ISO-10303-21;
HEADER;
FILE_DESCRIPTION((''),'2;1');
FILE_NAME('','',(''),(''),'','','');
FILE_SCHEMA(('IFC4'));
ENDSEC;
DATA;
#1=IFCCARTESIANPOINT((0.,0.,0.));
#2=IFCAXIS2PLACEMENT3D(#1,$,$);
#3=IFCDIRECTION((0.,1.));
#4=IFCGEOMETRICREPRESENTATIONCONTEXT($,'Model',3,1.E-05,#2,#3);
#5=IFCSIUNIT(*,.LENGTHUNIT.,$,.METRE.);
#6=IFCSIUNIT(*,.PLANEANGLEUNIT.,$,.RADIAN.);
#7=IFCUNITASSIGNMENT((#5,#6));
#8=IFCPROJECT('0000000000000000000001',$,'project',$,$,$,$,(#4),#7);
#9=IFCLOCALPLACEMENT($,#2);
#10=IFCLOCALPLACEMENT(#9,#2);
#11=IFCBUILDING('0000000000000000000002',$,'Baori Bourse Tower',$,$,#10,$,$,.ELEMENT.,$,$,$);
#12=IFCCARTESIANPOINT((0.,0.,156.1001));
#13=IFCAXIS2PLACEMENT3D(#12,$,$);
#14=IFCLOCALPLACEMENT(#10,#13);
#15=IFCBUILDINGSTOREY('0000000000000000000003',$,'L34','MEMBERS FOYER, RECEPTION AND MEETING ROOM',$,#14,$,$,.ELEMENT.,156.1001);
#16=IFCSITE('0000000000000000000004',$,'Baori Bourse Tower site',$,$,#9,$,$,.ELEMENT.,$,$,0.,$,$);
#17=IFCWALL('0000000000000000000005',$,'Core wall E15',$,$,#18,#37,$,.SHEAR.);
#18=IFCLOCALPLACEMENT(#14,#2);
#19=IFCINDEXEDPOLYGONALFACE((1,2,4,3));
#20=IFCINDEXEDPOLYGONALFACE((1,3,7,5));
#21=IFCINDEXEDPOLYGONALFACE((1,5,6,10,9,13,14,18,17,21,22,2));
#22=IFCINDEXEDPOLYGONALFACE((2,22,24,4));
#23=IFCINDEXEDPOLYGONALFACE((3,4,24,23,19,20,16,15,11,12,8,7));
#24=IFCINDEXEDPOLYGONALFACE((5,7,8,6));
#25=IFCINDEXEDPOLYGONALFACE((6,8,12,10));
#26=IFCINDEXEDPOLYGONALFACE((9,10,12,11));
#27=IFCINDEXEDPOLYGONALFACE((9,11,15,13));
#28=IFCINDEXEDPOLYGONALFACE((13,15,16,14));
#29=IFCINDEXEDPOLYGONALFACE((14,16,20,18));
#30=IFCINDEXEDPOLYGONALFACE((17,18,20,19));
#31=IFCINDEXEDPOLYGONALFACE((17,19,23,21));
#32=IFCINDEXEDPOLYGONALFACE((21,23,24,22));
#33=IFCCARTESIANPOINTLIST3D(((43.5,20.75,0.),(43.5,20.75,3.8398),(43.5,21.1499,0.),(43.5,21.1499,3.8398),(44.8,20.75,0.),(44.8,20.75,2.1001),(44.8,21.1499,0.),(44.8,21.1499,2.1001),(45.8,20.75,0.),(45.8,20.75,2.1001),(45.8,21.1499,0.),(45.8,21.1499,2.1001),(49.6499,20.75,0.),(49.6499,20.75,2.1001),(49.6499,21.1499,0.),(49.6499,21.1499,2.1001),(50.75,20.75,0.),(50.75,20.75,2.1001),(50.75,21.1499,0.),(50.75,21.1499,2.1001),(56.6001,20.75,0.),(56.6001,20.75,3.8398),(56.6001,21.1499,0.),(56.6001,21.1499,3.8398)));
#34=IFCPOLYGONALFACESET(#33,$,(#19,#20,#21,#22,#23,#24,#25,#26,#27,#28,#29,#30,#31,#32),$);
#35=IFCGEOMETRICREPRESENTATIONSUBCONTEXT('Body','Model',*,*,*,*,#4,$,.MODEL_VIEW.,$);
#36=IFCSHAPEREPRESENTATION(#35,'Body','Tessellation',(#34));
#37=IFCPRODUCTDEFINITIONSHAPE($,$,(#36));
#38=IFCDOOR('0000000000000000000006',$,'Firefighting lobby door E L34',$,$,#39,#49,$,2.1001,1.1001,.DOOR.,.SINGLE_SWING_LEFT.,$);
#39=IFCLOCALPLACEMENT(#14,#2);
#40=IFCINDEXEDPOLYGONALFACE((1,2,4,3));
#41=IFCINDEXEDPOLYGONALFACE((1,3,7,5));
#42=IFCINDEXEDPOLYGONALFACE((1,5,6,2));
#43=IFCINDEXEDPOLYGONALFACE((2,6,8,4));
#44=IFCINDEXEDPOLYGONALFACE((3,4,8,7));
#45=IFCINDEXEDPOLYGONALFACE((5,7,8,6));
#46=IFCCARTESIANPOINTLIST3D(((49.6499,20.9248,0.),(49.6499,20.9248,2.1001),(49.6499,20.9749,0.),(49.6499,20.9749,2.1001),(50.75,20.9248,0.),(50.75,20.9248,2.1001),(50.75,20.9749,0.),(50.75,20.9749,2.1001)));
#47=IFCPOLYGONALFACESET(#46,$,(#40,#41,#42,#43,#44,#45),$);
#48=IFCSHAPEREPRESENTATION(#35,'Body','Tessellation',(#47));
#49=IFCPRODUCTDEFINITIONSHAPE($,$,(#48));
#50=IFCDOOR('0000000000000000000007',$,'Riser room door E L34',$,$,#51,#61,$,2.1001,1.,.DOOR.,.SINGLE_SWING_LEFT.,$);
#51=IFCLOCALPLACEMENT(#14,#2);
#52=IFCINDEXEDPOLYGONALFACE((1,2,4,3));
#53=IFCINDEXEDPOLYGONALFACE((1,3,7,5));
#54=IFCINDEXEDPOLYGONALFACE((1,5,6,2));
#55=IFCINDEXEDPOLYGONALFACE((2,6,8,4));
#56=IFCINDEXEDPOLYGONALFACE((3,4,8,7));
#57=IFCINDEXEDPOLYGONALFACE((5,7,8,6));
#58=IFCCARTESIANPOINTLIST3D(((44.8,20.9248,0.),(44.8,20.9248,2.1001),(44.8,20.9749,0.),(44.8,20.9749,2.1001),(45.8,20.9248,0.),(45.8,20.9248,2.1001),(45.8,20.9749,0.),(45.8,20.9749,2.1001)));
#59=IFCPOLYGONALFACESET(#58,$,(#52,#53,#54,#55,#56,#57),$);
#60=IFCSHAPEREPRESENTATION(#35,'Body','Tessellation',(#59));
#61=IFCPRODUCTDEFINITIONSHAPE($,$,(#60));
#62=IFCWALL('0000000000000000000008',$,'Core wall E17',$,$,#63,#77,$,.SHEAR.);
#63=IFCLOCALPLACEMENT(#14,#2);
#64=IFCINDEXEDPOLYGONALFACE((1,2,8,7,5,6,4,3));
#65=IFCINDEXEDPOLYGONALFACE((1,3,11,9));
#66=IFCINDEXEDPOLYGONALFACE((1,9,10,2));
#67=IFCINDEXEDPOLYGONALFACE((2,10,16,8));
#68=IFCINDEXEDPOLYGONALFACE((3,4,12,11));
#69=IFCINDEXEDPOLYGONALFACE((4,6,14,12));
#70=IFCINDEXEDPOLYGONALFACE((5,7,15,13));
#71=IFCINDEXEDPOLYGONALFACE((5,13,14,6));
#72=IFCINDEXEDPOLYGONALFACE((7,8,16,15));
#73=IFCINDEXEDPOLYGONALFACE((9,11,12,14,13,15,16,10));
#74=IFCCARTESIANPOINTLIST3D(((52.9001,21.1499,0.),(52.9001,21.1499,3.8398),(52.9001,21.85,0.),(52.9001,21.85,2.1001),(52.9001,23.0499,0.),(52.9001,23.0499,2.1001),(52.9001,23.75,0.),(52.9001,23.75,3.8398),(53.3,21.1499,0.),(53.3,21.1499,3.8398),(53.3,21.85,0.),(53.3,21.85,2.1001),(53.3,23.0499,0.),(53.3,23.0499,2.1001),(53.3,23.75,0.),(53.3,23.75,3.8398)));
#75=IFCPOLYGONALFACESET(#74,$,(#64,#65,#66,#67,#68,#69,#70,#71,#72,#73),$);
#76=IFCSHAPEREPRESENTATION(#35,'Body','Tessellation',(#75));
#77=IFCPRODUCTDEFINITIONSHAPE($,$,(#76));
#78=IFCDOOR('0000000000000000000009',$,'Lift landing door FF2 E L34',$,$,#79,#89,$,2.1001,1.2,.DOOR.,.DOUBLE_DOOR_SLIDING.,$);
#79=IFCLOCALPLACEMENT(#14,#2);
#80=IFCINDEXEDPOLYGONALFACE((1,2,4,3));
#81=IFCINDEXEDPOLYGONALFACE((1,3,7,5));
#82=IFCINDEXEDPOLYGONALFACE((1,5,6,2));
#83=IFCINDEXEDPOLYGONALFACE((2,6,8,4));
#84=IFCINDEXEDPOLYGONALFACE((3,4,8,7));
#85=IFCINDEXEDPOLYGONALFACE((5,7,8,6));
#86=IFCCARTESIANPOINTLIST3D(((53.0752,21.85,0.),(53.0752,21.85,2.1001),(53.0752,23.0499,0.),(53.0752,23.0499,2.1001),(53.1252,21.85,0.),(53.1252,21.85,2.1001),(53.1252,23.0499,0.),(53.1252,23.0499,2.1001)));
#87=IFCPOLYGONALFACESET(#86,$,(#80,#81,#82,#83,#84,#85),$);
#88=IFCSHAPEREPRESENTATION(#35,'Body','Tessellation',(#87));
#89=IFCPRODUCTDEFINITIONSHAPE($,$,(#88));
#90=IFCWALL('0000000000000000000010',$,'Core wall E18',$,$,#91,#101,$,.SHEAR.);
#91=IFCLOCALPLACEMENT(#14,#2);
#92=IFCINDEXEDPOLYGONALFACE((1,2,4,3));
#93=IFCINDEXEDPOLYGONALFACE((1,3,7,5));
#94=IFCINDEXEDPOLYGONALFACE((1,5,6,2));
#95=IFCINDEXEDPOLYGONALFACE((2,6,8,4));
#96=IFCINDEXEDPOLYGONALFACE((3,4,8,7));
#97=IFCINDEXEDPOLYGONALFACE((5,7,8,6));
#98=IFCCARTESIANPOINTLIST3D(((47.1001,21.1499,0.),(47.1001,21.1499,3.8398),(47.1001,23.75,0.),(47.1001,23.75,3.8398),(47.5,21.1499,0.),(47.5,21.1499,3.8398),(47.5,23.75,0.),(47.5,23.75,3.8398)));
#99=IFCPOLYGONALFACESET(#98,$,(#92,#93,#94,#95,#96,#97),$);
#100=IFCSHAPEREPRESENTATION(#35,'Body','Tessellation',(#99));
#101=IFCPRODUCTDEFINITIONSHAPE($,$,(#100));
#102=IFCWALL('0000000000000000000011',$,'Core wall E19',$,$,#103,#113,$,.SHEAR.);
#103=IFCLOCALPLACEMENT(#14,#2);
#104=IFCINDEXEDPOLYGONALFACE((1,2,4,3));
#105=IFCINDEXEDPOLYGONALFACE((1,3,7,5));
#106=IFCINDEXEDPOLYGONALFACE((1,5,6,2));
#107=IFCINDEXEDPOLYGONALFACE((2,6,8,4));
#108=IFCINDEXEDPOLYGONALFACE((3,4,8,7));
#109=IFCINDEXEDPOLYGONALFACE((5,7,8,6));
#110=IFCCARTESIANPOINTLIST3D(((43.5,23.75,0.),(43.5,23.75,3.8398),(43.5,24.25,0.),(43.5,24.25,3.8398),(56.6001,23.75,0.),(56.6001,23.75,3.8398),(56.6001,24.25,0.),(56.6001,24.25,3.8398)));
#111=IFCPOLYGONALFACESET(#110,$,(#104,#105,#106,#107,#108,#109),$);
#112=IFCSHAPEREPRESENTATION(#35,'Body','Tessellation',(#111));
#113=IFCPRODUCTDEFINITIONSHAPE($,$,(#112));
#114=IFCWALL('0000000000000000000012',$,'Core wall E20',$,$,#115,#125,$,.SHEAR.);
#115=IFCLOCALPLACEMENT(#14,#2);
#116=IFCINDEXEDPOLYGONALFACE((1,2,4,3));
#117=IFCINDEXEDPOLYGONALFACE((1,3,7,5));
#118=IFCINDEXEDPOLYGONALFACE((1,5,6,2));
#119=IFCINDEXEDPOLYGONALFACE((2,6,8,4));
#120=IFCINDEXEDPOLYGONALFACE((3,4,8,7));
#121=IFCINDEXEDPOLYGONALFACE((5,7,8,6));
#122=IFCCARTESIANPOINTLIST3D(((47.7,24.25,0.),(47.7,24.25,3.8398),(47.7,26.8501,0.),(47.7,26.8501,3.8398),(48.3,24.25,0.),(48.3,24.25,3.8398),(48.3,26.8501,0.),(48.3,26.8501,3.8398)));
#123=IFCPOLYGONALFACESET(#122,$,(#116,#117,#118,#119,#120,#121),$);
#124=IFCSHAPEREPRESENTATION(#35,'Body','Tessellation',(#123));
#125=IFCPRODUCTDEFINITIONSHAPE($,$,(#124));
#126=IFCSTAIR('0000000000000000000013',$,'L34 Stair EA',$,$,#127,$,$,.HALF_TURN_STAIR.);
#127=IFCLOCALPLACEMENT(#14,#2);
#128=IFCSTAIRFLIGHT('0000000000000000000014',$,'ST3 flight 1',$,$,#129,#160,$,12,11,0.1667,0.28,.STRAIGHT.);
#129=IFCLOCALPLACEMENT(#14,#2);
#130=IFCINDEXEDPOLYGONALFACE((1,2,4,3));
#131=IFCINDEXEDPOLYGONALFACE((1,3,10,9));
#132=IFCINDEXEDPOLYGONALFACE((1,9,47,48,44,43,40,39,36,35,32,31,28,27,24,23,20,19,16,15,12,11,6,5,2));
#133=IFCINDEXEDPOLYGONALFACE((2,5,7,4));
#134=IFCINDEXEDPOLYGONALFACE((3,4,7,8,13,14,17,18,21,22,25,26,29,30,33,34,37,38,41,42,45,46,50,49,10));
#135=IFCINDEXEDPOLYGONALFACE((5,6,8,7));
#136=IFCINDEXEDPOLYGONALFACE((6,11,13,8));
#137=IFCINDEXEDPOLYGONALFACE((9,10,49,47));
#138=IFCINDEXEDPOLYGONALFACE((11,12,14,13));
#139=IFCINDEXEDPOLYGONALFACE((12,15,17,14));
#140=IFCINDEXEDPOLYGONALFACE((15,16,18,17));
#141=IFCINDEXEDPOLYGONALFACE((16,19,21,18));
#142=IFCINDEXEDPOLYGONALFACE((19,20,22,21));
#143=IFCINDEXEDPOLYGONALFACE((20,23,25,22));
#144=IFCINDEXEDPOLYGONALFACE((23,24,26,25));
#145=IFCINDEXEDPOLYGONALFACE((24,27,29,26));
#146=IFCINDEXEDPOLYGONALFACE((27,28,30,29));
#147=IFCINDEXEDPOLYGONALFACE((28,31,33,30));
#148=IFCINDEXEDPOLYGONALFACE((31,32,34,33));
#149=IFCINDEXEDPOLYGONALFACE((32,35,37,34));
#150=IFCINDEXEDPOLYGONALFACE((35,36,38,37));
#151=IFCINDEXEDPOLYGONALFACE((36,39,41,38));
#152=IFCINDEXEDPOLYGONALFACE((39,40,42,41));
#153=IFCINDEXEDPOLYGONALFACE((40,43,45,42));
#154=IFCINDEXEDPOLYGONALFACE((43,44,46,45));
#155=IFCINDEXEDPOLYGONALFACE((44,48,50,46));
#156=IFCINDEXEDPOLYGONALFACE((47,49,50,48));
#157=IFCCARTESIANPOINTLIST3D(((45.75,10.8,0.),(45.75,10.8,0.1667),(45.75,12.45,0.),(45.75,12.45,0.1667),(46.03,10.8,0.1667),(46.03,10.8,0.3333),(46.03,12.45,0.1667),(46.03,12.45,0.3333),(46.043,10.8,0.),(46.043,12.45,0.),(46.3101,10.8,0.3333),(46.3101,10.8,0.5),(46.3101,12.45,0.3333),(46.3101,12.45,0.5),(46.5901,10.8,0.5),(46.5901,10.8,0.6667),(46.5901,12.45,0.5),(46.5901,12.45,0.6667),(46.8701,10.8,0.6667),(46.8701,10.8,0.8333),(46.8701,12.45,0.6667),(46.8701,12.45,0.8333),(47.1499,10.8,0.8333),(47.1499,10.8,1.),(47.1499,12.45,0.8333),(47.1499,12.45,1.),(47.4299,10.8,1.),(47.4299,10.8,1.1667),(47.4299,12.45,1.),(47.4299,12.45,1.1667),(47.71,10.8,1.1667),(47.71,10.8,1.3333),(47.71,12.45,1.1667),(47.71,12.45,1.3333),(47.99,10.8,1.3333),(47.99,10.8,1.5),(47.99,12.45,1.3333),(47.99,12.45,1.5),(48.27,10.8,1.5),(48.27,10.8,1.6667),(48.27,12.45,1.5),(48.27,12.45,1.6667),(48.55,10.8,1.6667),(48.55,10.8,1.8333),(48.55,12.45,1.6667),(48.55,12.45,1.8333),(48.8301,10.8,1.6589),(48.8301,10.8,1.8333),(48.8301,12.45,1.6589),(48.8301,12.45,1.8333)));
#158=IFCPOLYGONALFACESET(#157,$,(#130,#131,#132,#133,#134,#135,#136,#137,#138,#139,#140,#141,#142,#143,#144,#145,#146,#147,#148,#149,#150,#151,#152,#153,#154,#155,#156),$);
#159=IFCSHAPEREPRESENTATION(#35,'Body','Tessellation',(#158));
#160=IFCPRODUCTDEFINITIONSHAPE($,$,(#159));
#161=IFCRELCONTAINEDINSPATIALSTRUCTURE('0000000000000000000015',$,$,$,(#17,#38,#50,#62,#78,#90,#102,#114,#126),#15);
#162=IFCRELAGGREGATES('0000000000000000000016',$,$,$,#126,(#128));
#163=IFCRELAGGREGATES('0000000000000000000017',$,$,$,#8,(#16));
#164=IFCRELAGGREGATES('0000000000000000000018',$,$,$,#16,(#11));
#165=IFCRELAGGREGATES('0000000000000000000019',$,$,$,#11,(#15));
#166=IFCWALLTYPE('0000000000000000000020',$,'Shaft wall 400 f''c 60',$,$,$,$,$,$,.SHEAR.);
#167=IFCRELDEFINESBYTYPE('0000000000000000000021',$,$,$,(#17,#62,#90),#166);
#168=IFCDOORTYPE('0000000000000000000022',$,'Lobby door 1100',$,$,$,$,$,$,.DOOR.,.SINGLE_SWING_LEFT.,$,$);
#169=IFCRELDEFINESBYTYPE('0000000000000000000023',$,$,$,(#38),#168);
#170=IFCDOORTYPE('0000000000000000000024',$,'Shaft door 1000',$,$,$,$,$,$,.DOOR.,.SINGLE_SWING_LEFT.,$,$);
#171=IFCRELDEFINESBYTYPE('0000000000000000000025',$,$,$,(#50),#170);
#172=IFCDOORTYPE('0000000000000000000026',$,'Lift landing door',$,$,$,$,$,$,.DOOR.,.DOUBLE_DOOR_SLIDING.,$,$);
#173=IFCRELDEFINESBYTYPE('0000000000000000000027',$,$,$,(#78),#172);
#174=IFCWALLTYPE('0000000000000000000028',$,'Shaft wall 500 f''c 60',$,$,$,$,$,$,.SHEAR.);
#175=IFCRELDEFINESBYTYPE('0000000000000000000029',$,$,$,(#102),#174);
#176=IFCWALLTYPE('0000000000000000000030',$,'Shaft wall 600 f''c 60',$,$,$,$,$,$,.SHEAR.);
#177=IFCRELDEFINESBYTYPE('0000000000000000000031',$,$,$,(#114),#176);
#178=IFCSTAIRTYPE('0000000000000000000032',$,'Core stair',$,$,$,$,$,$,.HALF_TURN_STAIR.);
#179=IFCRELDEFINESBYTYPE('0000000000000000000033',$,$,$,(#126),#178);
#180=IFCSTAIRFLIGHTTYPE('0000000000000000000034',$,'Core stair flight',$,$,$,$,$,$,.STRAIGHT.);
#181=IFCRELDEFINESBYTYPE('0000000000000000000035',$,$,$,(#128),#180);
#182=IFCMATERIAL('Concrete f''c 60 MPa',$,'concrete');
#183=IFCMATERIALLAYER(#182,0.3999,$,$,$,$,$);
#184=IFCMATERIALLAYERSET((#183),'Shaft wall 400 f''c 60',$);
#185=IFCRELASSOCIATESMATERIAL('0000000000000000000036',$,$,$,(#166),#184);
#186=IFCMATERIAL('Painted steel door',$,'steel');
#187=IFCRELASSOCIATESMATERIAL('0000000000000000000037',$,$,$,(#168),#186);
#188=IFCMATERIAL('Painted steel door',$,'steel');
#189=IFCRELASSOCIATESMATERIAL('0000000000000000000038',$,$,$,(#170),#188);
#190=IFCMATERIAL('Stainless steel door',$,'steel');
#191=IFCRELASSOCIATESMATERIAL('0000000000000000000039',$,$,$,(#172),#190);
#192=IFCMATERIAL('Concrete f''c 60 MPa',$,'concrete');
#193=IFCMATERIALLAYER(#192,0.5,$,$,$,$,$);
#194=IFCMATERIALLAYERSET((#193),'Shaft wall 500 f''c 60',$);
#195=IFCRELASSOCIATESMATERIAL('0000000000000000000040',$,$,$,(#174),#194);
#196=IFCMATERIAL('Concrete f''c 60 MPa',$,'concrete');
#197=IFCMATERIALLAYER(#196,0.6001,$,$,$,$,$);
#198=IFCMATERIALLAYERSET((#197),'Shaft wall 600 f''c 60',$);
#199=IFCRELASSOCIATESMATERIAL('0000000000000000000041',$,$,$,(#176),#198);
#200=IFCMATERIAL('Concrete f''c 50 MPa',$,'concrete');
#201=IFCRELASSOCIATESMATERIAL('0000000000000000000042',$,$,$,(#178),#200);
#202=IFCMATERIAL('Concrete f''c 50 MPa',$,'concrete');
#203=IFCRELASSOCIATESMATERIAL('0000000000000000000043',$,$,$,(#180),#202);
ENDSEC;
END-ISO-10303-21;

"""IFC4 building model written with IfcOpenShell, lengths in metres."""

from ifc_helpers import new_model, si_unit, direction, frame, frame_2d, origin, place, context, subcontext, project, spatial, polyline, rectangle, outline, extrude, material, layer, layer_set, type_object, element, fill, aggregate, save


model = new_model("IFC4")

# Units and contexts
model_context = context("Model", 3, precision=1e-05, world=origin(), true_north=direction((0.0, 1.0)))
body_context = subcontext(model_context, "Body", "Model", "MODEL_VIEW")
ifc_project = project(units=[si_unit("LENGTHUNIT", "METRE"), si_unit("PLANEANGLEUNIT", "RADIAN")], contexts=[model_context])

# Site, building, storey
site_placement = place(None, origin())
site = spatial("IfcSite", under=ifc_project, at=site_placement, Name="Baori Bourse Tower site", CompositionType="ELEMENT", RefElevation=0.0)
building_placement = place(site_placement, origin())
building = spatial("IfcBuilding", under=site, at=building_placement, Name="Baori Bourse Tower", CompositionType="ELEMENT")
storey_placement = place(building_placement, frame((0.0, 0.0, 156.1001)))
storey = spatial("IfcBuildingStorey", under=building, at=storey_placement, Name="L34", Description="MEMBERS FOYER, RECEPTION AND MEETING ROOM", CompositionType="ELEMENT", Elevation=156.1001)

# Wall, openings, doors
ifc_material_1 = material(Name="Concrete f'c 60 MPa", Category="concrete")
ifc_layer_1 = layer(ifc_material_1, 0.3999)
ifc_layer_set_1 = layer_set([ifc_layer_1], Name="Shaft wall 400 f'c 60")
wall_type_1 = type_object("IfcWallType", Name="Shaft wall 400 f'c 60", PredefinedType="SHEAR", material=ifc_layer_set_1)
wall_1_placement = place(storey_placement, frame((43.5, 20.95, 0.0), z_axis=(0.0, 0.0, 1.0), x_axis=(1.0, 0.0, 0.0)))
wall_1 = element("IfcWall", 1, at=wall_1_placement, inside=storey, type_object=wall_type_1, Name="Core wall E15", PredefinedType="SHEAR", context=body_context, shape_type="SweptSolid", body=[
    extrude(rectangle(XDim=13.1001, YDim=0.3999, at=frame_2d((6.55, 0.0))), origin(), (0.0, 0.0, 1.0), 3.8398),
])
opening_1_placement = place(wall_1_placement, frame((6.1499, 0.0, 0.0)))
opening_1 = element("IfcOpeningElement", 2, at=opening_1_placement, cuts=wall_1, PredefinedType="OPENING", context=body_context, shape_type="SweptSolid", body=[
    extrude(rectangle(XDim=1.1001, YDim=2.1001, at=frame_2d((0.55, 1.05))), frame((0.0, 0.21, 0.0), z_axis=(0.0, -1.0, 0.0), x_axis=(1.0, 0.0, 0.0)), (0.0, 0.0, 1.0), 0.4199),
])
opening_2_placement = place(wall_1_placement, frame((1.3, 0.0, 0.0)))
opening_2 = element("IfcOpeningElement", 3, at=opening_2_placement, cuts=wall_1, PredefinedType="OPENING", context=body_context, shape_type="SweptSolid", body=[
    extrude(rectangle(XDim=1.0, YDim=2.1001, at=frame_2d((0.5, 1.05))), frame((0.0, 0.21, 0.0), z_axis=(0.0, -1.0, 0.0), x_axis=(1.0, 0.0, 0.0)), (0.0, 0.0, 1.0), 0.4199),
])
ifc_material_2 = material(Name="Painted steel door", Category="steel")
door_type_1 = type_object("IfcDoorType", Name="Lobby door 1100", OperationType="SINGLE_SWING_LEFT", PredefinedType="DOOR", material=ifc_material_2)
door_1_placement = place(opening_1_placement, origin())
door_1 = element("IfcDoor", 4, at=door_1_placement, inside=storey, type_object=door_type_1, Name="Firefighting lobby door E L34", OperationType="SINGLE_SWING_LEFT", OverallHeight=2.1001, OverallWidth=1.1001, PredefinedType="DOOR", context=body_context, shape_type="SweptSolid", body=[
    extrude(rectangle(XDim=1.1001, YDim=2.1001, at=frame_2d((0.55, 1.05))), frame((0.0, 0.0249, 0.0), z_axis=(0.0, -1.0, 0.0), x_axis=(1.0, 0.0, 0.0)), (0.0, 0.0, 1.0), 0.05),
])
fill(opening_1, door_1)
ifc_material_3 = material(Name="Painted steel door", Category="steel")
door_type_2 = type_object("IfcDoorType", Name="Shaft door 1000", OperationType="SINGLE_SWING_LEFT", PredefinedType="DOOR", material=ifc_material_3)
door_2_placement = place(opening_2_placement, origin())
door_2 = element("IfcDoor", 5, at=door_2_placement, inside=storey, type_object=door_type_2, Name="Riser room door E L34", OperationType="SINGLE_SWING_LEFT", OverallHeight=2.1001, OverallWidth=1.0, PredefinedType="DOOR", context=body_context, shape_type="SweptSolid", body=[
    extrude(rectangle(XDim=1.0, YDim=2.1001, at=frame_2d((0.5, 1.05))), frame((0.0, 0.0249, 0.0), z_axis=(0.0, -1.0, 0.0), x_axis=(1.0, 0.0, 0.0)), (0.0, 0.0, 1.0), 0.05),
])
fill(opening_2, door_2)

# Wall, opening, door
wall_2_placement = place(storey_placement, frame((53.1001, 21.1499, 0.0), z_axis=(0.0, 0.0, 1.0), x_axis=(0.0, 1.0, 0.0)))
wall_2 = element("IfcWall", 6, at=wall_2_placement, inside=storey, type_object=wall_type_1, Name="Core wall E17", PredefinedType="SHEAR", context=body_context, shape_type="SweptSolid", body=[
    extrude(rectangle(XDim=2.6001, YDim=0.3999, at=frame_2d((1.3, 0.0))), origin(), (0.0, 0.0, 1.0), 3.8398),
])
opening_3_placement = place(wall_2_placement, frame((0.7, 0.0, 0.0)))
opening_3 = element("IfcOpeningElement", 7, at=opening_3_placement, cuts=wall_2, PredefinedType="OPENING", context=body_context, shape_type="SweptSolid", body=[
    extrude(rectangle(XDim=1.2, YDim=2.1001, at=frame_2d((0.6001, 1.05))), frame((0.0, 0.21, 0.0), z_axis=(0.0, -1.0, 0.0), x_axis=(1.0, 0.0, 0.0)), (0.0, 0.0, 1.0), 0.4199),
])
ifc_material_4 = material(Name="Stainless steel door", Category="steel")
door_type_3 = type_object("IfcDoorType", Name="Lift landing door", OperationType="DOUBLE_DOOR_SLIDING", PredefinedType="DOOR", material=ifc_material_4)
door_3_placement = place(opening_3_placement, origin())
door_3 = element("IfcDoor", 8, at=door_3_placement, inside=storey, type_object=door_type_3, Name="Lift landing door FF2 E L34", OperationType="DOUBLE_DOOR_SLIDING", OverallHeight=2.1001, OverallWidth=1.2, PredefinedType="DOOR", context=body_context, shape_type="SweptSolid", body=[
    extrude(rectangle(XDim=1.2, YDim=2.1001, at=frame_2d((0.6001, 1.05))), frame((0.0, 0.0249, 0.0), z_axis=(0.0, -1.0, 0.0), x_axis=(1.0, 0.0, 0.0)), (0.0, 0.0, 1.0), 0.05),
])
fill(opening_3, door_3)

# Walls
wall_3_placement = place(storey_placement, frame((47.3, 21.1499, 0.0), z_axis=(0.0, 0.0, 1.0), x_axis=(0.0, 1.0, 0.0)))
element("IfcWall", 9, at=wall_3_placement, inside=storey, type_object=wall_type_1, Name="Core wall E18", PredefinedType="SHEAR", context=body_context, shape_type="SweptSolid", body=[
    extrude(rectangle(XDim=2.6001, YDim=0.3999, at=frame_2d((1.3, 0.0))), origin(), (0.0, 0.0, 1.0), 3.8398),
])
ifc_material_5 = material(Name="Concrete f'c 60 MPa", Category="concrete")
ifc_layer_2 = layer(ifc_material_5, 0.5)
ifc_layer_set_2 = layer_set([ifc_layer_2], Name="Shaft wall 500 f'c 60")
wall_type_2 = type_object("IfcWallType", Name="Shaft wall 500 f'c 60", PredefinedType="SHEAR", material=ifc_layer_set_2)
wall_4_placement = place(storey_placement, frame((43.5, 24.0, 0.0), z_axis=(0.0, 0.0, 1.0), x_axis=(1.0, 0.0, 0.0)))
element("IfcWall", 10, at=wall_4_placement, inside=storey, type_object=wall_type_2, Name="Core wall E19", PredefinedType="SHEAR", context=body_context, shape_type="SweptSolid", body=[
    extrude(rectangle(XDim=13.1001, YDim=0.5, at=frame_2d((6.55, 0.0))), origin(), (0.0, 0.0, 1.0), 3.8398),
])
ifc_material_6 = material(Name="Concrete f'c 60 MPa", Category="concrete")
ifc_layer_3 = layer(ifc_material_6, 0.6001)
ifc_layer_set_3 = layer_set([ifc_layer_3], Name="Shaft wall 600 f'c 60")
wall_type_3 = type_object("IfcWallType", Name="Shaft wall 600 f'c 60", PredefinedType="SHEAR", material=ifc_layer_set_3)
wall_5_placement = place(storey_placement, frame((48.0, 24.25, 0.0), z_axis=(0.0, 0.0, 1.0), x_axis=(0.0, 1.0, 0.0)))
element("IfcWall", 11, at=wall_5_placement, inside=storey, type_object=wall_type_3, Name="Core wall E20", PredefinedType="SHEAR", context=body_context, shape_type="SweptSolid", body=[
    extrude(rectangle(XDim=2.6001, YDim=0.6001, at=frame_2d((1.3, 0.0))), origin(), (0.0, 0.0, 1.0), 3.8398),
])

# Stair, stair flight
ifc_material_7 = material(Name="Concrete f'c 50 MPa", Category="concrete")
stair_type = type_object("IfcStairType", Name="Core stair", PredefinedType="HALF_TURN_STAIR", material=ifc_material_7)
stair_placement = place(storey_placement, origin())
stair = element("IfcStair", 12, at=stair_placement, inside=storey, type_object=stair_type, Name="L34 Stair EA", PredefinedType="HALF_TURN_STAIR")
ifc_material_8 = material(Name="Concrete f'c 50 MPa", Category="concrete")
stair_flight_type = type_object("IfcStairFlightType", Name="Core stair flight", PredefinedType="STRAIGHT", material=ifc_material_8)
stair_flight_1_placement = place(storey_placement, frame((45.75, 11.625, 0.0), z_axis=(0.0, 0.0, 1.0), x_axis=(1.0, 0.0, 0.0)))
stair_flight_1 = element("IfcStairFlight", 13, at=stair_flight_1_placement, type_object=stair_flight_type, Name="ST3 flight 1", NumberOfRisers=12, NumberOfTreads=11, PredefinedType="STRAIGHT", RiserHeight=0.1667, TreadLength=0.28, context=body_context, shape_type="SweptSolid", body=[
    extrude(outline(polyline([(0.0, 0.0), (0.0, 0.1667), (0.28, 0.1667), (0.28, 0.3333), (0.5601, 0.3333), (0.5601, 0.5), (0.8401, 0.5), (0.8401, 0.6667), (1.1201, 0.6667), (1.1201, 0.8333), (1.3999, 0.8333), (1.3999, 1.0), (1.6799, 1.0), (1.6799, 1.1667), (1.96, 1.1667), (1.96, 1.3333), (2.24, 1.3333), (2.24, 1.5), (2.52, 1.5), (2.52, 1.6667), (2.8, 1.6667), (2.8, 1.8333), (3.0801, 1.8333), (3.0801, 2.0), (3.0801, 1.6589), (0.293, 0.0), (0.0, 0.0)])), frame((0.0, 0.825, 0.0), z_axis=(0.0, -1.0, 0.0), x_axis=(1.0, 0.0, 0.0)), (0.0, 0.0, 1.0), 1.6499),
])
aggregate(stair, [stair_flight_1])

save(model, "model.ifc")
